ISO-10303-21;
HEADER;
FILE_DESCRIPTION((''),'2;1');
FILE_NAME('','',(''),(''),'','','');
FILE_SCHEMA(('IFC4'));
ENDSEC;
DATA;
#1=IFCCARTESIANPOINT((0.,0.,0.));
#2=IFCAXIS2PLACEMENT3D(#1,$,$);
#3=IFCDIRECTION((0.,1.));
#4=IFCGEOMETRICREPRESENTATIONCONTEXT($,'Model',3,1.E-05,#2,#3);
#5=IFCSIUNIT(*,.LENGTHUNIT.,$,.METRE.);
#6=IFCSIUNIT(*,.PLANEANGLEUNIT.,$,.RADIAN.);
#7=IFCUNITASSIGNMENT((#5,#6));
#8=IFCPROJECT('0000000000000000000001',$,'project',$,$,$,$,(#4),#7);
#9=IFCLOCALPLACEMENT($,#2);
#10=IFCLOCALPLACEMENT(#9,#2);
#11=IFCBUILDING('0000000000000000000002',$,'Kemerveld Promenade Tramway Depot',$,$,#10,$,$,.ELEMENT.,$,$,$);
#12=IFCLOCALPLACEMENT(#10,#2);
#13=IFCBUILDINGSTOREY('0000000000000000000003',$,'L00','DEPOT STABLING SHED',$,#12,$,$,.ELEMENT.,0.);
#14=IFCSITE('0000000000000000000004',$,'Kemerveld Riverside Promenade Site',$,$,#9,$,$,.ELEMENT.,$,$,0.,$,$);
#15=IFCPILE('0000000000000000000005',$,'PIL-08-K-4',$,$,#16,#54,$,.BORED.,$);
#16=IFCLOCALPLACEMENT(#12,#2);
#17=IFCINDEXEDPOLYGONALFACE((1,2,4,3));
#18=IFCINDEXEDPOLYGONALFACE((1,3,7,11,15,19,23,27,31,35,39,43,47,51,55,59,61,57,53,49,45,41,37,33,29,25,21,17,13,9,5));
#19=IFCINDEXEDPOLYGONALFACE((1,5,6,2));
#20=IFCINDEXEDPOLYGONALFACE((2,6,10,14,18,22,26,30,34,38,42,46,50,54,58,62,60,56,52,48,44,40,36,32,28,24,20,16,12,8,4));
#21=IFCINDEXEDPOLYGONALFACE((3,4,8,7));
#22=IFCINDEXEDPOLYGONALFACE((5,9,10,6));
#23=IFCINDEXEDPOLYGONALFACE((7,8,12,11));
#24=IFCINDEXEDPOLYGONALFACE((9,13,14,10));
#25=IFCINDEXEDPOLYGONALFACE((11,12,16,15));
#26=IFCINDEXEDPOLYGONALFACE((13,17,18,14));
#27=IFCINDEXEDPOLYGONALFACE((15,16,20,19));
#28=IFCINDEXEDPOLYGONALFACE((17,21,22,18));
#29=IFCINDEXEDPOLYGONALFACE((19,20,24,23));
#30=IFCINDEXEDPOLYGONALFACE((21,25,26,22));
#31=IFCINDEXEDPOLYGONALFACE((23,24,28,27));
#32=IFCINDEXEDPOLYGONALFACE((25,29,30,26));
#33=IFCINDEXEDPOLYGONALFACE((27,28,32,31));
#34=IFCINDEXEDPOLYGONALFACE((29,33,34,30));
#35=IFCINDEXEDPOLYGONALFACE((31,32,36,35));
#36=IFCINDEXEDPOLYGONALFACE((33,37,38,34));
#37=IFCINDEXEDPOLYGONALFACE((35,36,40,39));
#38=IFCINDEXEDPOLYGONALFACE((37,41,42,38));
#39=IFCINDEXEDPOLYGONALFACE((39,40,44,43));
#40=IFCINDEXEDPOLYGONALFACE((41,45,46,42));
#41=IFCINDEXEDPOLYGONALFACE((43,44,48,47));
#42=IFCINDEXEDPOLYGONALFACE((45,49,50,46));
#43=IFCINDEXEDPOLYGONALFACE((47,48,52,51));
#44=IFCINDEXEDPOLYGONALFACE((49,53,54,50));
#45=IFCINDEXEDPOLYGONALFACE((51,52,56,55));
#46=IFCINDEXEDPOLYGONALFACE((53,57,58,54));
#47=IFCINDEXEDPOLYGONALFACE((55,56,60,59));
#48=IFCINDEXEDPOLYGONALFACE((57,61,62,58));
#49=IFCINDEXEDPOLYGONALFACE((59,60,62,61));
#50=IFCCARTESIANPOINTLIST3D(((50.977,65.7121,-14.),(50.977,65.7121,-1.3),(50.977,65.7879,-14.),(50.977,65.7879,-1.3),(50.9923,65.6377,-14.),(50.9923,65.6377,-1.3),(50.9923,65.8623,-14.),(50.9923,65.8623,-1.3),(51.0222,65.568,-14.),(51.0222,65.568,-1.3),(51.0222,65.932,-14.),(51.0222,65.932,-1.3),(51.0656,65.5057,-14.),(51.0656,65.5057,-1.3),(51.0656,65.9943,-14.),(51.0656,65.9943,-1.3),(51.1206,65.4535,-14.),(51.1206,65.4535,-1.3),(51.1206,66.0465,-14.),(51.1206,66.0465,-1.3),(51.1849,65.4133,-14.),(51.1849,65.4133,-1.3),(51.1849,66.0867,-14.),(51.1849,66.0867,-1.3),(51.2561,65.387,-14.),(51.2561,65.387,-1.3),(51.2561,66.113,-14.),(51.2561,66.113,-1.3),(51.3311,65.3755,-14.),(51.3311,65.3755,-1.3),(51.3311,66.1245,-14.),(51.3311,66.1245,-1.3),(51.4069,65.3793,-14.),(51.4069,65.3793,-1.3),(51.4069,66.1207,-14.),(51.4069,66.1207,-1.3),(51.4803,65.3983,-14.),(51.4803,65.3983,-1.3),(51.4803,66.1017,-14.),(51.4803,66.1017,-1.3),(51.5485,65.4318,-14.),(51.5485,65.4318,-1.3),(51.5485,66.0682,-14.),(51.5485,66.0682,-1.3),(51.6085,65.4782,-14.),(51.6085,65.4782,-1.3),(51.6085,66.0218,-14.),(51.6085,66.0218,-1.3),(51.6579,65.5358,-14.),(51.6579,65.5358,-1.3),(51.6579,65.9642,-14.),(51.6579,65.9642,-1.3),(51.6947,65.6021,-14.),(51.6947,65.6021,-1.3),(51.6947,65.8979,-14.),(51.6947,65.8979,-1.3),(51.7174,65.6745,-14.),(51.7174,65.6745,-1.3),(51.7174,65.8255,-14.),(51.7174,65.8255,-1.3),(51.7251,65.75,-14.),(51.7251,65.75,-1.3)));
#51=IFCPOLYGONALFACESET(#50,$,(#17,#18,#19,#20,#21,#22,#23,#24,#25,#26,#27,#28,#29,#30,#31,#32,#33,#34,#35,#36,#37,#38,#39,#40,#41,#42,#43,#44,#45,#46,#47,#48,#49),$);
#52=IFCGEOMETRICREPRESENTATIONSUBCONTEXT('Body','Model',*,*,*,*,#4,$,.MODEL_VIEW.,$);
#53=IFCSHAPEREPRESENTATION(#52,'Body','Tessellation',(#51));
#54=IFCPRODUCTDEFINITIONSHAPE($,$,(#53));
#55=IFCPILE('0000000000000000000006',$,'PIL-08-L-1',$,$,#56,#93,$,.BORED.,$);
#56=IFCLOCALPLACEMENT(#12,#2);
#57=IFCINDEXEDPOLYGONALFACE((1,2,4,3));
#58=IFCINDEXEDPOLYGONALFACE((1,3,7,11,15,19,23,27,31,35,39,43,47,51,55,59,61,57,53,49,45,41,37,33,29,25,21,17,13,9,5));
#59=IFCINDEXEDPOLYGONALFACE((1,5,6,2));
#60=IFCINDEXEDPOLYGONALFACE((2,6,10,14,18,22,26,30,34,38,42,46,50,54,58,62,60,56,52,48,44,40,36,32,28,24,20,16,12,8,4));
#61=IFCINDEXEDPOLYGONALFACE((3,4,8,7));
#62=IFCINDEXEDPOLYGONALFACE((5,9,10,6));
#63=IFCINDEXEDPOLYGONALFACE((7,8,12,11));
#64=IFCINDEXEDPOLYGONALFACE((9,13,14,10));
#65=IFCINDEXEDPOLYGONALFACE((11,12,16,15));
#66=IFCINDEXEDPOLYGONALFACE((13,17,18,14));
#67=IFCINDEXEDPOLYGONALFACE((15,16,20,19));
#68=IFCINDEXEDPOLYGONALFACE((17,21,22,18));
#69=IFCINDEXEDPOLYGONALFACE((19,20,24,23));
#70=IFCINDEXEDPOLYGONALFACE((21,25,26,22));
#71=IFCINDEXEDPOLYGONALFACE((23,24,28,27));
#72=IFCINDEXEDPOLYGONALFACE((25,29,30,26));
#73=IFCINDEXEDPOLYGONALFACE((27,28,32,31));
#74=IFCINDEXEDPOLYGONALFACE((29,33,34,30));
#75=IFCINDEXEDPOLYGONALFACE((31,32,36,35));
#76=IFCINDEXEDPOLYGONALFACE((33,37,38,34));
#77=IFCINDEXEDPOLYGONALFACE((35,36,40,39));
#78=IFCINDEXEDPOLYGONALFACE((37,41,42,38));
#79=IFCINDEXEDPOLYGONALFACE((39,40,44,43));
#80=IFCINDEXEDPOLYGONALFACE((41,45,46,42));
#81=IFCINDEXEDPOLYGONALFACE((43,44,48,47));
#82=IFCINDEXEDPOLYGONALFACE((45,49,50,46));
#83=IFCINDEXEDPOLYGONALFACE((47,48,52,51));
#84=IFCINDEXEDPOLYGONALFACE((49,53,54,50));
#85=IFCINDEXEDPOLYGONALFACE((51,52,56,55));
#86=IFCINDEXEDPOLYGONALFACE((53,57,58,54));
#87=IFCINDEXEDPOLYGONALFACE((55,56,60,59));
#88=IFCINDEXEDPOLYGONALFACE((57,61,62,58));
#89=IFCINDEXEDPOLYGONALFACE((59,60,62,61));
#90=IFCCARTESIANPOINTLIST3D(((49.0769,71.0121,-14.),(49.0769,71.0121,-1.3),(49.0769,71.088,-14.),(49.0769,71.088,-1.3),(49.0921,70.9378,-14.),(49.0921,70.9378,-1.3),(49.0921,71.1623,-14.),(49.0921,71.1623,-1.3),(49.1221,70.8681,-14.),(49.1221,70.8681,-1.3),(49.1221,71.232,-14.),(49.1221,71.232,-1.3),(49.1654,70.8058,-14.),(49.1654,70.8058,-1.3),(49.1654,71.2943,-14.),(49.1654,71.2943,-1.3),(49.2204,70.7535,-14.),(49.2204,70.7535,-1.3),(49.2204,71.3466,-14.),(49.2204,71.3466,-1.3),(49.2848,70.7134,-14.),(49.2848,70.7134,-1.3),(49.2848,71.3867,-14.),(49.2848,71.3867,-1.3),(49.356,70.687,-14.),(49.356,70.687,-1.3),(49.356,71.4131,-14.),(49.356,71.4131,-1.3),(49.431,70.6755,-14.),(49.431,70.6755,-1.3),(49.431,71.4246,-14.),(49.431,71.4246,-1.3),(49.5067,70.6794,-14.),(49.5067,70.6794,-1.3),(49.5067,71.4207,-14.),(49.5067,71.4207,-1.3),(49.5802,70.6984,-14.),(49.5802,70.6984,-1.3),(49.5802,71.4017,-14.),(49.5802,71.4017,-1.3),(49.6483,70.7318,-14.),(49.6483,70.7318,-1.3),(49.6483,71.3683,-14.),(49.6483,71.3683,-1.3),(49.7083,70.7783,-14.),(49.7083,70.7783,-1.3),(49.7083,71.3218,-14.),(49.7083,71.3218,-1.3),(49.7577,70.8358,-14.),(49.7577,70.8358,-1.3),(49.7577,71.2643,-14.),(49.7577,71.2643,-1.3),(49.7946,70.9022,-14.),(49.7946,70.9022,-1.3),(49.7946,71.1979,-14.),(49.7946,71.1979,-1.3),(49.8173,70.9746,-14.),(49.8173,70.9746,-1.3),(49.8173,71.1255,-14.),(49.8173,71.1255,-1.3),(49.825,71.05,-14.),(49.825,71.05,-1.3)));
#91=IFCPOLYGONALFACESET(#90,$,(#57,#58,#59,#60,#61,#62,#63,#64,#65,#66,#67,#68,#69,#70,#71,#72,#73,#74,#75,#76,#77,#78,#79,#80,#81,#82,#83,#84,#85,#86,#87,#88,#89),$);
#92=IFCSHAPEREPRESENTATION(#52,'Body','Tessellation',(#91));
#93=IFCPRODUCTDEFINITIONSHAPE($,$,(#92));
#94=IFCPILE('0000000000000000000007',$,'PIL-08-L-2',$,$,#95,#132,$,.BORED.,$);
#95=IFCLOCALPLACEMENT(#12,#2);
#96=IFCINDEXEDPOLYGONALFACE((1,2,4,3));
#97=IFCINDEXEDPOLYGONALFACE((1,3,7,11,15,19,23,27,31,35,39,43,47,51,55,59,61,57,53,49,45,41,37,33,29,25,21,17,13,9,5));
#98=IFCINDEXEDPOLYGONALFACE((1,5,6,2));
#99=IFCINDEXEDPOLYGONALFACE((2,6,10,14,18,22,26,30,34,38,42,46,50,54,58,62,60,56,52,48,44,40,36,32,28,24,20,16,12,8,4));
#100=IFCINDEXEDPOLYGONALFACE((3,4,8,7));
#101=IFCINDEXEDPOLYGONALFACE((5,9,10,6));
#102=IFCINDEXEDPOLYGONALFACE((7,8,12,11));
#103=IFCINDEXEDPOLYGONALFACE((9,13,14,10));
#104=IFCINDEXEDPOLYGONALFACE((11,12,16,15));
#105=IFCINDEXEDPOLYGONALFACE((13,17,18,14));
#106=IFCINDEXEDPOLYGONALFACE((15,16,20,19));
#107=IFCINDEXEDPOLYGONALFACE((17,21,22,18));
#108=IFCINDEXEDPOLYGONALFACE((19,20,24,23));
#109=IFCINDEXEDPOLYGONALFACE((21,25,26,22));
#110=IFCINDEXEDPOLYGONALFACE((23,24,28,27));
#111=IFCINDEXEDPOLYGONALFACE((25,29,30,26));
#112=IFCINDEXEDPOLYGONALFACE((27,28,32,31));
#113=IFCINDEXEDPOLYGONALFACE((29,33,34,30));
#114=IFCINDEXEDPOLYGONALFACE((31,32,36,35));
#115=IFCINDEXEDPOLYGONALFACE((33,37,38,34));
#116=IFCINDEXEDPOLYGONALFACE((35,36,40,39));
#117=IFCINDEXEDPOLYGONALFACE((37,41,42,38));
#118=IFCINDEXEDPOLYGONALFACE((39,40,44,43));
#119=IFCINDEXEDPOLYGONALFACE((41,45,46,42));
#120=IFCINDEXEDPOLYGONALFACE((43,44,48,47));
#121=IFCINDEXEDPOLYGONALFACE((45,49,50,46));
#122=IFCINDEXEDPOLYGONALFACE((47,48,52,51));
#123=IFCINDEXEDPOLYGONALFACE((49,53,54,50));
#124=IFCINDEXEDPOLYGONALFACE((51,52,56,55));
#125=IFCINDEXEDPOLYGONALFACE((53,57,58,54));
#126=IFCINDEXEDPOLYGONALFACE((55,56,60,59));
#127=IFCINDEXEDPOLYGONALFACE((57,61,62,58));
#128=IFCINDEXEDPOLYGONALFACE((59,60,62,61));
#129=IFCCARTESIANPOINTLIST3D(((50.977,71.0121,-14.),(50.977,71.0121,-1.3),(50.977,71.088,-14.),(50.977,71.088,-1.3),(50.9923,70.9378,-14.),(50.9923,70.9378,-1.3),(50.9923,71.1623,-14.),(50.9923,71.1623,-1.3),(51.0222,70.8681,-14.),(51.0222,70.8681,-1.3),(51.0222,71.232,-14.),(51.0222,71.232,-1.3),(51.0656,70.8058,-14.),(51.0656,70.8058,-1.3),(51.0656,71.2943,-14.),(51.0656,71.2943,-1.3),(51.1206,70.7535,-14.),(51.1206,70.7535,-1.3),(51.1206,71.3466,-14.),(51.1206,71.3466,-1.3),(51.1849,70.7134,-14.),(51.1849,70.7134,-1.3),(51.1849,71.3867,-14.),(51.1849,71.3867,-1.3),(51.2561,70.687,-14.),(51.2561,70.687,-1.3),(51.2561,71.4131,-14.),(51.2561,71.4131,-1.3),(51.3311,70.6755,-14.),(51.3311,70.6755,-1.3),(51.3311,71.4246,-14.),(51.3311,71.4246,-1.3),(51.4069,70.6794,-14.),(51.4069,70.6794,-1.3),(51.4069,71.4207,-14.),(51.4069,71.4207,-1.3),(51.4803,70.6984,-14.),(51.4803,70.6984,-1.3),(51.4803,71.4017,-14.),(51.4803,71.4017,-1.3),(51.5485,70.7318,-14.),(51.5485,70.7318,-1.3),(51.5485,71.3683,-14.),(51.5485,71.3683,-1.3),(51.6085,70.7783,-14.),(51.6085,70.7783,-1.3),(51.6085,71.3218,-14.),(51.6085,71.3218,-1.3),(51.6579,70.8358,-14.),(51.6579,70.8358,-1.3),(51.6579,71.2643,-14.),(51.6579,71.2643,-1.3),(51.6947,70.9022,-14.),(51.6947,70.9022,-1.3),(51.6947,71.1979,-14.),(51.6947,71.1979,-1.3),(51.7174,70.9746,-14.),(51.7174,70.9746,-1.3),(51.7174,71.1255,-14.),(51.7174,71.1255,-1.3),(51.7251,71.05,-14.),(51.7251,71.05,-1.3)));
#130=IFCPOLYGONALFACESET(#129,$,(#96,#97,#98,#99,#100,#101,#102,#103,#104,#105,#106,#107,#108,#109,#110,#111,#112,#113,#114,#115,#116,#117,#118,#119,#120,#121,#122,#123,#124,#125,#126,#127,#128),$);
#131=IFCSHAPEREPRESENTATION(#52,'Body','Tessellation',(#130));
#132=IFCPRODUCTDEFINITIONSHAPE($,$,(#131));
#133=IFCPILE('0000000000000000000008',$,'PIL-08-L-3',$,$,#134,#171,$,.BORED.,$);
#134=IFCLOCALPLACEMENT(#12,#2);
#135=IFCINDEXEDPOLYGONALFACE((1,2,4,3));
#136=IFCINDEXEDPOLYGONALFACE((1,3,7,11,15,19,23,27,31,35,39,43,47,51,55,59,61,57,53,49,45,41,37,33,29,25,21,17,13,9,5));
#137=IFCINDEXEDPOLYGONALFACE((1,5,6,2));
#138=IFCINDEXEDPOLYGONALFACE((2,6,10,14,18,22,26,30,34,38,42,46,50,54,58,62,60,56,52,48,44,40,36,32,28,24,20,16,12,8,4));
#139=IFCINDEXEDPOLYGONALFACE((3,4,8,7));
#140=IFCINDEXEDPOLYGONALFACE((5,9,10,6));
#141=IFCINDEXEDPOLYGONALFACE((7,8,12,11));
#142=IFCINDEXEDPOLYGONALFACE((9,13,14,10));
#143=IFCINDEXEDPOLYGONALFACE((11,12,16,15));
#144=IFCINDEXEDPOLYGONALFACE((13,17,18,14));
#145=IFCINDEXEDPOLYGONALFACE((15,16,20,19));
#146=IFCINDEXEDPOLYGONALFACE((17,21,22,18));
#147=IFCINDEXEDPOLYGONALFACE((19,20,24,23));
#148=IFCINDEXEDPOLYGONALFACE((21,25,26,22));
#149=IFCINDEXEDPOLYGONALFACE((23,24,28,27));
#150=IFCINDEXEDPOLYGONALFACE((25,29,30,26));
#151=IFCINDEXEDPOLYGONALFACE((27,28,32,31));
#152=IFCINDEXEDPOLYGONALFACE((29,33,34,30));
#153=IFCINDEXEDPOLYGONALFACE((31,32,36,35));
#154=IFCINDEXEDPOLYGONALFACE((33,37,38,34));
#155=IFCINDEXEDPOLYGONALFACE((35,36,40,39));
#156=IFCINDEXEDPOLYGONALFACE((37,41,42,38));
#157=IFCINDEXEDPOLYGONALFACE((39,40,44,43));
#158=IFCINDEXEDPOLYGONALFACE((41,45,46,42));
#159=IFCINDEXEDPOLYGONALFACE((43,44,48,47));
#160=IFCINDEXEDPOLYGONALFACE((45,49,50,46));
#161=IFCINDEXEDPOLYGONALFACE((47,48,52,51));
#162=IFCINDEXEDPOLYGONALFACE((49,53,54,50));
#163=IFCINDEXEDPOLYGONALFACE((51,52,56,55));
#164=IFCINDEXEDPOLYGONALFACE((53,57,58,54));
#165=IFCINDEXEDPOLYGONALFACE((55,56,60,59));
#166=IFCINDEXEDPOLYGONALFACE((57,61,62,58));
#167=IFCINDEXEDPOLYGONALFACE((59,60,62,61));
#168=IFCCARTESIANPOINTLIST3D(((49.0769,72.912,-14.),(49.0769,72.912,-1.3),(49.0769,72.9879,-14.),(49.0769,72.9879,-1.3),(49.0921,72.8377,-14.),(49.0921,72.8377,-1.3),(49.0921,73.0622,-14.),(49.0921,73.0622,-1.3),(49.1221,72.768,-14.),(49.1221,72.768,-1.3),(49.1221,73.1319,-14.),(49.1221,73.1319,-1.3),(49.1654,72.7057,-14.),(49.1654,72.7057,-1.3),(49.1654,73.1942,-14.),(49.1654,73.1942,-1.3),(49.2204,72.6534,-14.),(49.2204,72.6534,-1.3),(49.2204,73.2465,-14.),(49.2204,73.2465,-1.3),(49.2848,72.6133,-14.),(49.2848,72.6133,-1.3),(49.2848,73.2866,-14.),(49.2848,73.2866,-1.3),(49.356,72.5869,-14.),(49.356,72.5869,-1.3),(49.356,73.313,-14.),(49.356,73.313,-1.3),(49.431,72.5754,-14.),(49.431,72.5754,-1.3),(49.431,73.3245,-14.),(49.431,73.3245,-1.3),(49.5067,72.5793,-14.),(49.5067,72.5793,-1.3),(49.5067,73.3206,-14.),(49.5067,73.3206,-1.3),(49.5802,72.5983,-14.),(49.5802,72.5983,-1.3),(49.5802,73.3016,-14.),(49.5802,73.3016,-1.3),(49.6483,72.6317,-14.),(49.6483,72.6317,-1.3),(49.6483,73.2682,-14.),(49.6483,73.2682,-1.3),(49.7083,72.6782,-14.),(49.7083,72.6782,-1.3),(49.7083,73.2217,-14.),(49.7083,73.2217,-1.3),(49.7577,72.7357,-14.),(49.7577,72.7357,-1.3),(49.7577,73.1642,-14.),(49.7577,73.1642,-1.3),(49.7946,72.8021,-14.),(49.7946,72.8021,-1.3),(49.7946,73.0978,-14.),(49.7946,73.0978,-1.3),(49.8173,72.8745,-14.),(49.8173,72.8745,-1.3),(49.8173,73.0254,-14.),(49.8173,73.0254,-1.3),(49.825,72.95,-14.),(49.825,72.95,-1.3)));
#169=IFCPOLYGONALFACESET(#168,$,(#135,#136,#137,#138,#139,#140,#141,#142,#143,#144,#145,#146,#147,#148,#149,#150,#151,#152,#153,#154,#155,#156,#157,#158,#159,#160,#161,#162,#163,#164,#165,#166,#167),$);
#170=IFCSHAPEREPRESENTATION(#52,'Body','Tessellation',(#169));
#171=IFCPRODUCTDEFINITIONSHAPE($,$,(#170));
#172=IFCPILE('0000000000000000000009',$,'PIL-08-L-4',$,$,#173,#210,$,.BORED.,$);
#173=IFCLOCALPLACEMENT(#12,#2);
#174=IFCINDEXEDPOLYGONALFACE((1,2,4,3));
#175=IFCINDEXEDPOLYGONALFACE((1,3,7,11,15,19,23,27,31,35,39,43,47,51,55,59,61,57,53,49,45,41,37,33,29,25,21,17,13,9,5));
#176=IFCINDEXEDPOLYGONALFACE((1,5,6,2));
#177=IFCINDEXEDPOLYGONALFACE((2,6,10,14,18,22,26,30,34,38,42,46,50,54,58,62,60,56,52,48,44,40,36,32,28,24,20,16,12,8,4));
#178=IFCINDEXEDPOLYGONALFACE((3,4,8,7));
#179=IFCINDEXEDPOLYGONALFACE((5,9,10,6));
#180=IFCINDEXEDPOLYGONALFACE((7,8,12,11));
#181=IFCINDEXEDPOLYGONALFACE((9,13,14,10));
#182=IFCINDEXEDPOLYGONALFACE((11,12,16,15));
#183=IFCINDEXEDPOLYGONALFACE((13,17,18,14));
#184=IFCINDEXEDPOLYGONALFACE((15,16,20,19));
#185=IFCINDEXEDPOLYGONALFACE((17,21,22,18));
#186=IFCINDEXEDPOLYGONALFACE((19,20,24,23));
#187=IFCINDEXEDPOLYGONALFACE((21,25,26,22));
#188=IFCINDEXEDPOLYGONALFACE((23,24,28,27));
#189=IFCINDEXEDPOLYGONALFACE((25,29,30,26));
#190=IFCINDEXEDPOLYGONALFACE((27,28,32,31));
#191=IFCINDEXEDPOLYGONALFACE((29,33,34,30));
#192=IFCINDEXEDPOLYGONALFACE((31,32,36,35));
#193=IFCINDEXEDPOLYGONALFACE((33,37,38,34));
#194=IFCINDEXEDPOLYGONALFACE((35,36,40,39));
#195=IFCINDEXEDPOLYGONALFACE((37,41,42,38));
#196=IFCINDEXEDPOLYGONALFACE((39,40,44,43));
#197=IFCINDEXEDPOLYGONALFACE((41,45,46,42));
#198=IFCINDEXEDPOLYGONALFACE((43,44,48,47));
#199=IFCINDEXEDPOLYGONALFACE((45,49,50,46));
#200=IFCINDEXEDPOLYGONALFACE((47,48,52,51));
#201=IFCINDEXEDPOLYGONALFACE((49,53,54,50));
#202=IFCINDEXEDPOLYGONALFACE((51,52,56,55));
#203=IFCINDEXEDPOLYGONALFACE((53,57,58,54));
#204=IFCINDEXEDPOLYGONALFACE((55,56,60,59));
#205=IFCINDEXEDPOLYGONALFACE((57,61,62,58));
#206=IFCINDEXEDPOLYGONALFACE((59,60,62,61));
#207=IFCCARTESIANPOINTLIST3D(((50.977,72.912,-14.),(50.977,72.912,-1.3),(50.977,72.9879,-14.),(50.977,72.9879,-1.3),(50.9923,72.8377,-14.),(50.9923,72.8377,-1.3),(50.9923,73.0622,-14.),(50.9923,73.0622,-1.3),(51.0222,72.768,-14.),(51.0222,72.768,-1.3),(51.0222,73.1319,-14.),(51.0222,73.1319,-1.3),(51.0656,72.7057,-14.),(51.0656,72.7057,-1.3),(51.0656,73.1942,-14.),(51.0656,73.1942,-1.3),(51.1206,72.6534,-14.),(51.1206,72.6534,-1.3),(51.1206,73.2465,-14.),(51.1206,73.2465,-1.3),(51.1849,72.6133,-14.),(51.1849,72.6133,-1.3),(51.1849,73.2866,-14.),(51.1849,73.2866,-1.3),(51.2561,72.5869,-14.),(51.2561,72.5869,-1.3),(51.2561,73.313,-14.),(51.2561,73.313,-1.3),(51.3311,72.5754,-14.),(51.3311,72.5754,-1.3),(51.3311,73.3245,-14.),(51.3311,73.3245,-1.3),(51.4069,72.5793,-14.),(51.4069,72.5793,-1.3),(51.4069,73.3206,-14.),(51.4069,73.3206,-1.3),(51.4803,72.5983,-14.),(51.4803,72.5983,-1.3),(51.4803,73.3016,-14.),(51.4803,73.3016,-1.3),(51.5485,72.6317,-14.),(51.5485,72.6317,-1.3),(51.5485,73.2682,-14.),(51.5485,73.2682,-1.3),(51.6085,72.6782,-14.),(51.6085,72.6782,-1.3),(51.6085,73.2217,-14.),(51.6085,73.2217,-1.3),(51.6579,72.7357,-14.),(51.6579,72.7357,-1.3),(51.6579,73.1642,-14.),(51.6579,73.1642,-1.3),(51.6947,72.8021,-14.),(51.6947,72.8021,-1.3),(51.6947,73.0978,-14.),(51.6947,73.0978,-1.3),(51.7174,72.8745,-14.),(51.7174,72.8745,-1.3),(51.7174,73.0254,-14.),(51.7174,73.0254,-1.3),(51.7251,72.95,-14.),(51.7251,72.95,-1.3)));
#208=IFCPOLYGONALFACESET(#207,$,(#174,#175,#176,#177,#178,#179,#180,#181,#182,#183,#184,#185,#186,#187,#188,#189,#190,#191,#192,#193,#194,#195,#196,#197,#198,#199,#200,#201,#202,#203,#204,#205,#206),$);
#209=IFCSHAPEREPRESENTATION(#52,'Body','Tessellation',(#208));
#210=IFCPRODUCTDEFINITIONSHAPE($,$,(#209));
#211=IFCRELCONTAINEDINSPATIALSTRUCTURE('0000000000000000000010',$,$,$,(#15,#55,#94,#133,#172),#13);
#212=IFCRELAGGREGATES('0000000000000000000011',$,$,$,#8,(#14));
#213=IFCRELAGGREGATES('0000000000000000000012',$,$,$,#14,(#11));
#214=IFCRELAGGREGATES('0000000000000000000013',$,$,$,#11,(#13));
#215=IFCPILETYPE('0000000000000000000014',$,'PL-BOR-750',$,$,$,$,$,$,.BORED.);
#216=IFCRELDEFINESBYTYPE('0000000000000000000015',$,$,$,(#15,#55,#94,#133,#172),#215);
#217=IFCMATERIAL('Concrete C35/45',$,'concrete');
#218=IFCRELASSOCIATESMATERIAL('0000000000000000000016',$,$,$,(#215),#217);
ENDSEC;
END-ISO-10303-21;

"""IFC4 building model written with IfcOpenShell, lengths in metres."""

from ifc_helpers import new_model, si_unit, direction, frame, origin, origin_2d, place, context, subcontext, project, spatial, circle, extrude, material, material_profile, profile_set, type_object, element, save


model = new_model("IFC4")

# Units and contexts
model_context = context("Model", 3, precision=1e-05, world=origin(), true_north=direction((0.0, 1.0)))
body_context = subcontext(model_context, "Body", "Model", "MODEL_VIEW")
ifc_project = project(units=[si_unit("LENGTHUNIT", "METRE"), si_unit("PLANEANGLEUNIT", "RADIAN")], contexts=[model_context])

# Site, building, storey
site_placement = place(None, origin())
site = spatial("IfcSite", under=ifc_project, at=site_placement, Name="Kemerveld Riverside Promenade Site", CompositionType="ELEMENT", RefElevation=0.0)
building_placement = place(site_placement, origin())
building = spatial("IfcBuilding", under=site, at=building_placement, Name="Kemerveld Promenade Tramway Depot", CompositionType="ELEMENT")
storey_placement = place(building_placement, origin())
storey = spatial("IfcBuildingStorey", under=building, at=storey_placement, Name="L00", Description="DEPOT STABLING SHED", CompositionType="ELEMENT", Elevation=0.0)

# Shared definitions
ifc_material_1 = material(Name="Concrete C35/45", Category="concrete")

# Piles
ifc_material_profile_1 = material_profile(ifc_material_1, circle(Radius=0.375, at=origin_2d()), Name="PILE-D750")
ifc_profile_set_1 = profile_set([ifc_material_profile_1], Name="Concrete C35/45")
pile_type = type_object("IfcPileType", Name="PL-BOR-750", PredefinedType="BORED", material=ifc_profile_set_1)
for number, where, z_axis, x_axis, name in (
    (1, (51.3501, 65.75, -1.3), (0.0, 0.0, -1.0), (1.0, 0.0, 0.0), "PIL-08-K-4"),
    (2, (49.45, 71.05, -1.3), (0.0, 0.0, -1.0), (1.0, 0.0, 0.0), "PIL-08-L-1"),
    (3, (51.3501, 71.05, -1.3), (0.0, 0.0, -1.0), (1.0, 0.0, 0.0), "PIL-08-L-2"),
    (4, (49.45, 72.95, -1.3), (0.0, 0.0, -1.0), (1.0, 0.0, 0.0), "PIL-08-L-3"),
    (5, (51.3501, 72.95, -1.3), (0.0, 0.0, -1.0), (1.0, 0.0, 0.0), "PIL-08-L-4"),
):
    element("IfcPile", number, at=place(storey_placement, frame(where, z_axis=z_axis, x_axis=x_axis)), inside=storey, type_object=pile_type, Name=name, PredefinedType="BORED", context=body_context, shape_type="SweptSolid", body=[
        extrude(circle(Radius=0.375, at=origin_2d()), origin(), (0.0, 0.0, 1.0), 12.7),
    ])

save(model, "model.ifc")
